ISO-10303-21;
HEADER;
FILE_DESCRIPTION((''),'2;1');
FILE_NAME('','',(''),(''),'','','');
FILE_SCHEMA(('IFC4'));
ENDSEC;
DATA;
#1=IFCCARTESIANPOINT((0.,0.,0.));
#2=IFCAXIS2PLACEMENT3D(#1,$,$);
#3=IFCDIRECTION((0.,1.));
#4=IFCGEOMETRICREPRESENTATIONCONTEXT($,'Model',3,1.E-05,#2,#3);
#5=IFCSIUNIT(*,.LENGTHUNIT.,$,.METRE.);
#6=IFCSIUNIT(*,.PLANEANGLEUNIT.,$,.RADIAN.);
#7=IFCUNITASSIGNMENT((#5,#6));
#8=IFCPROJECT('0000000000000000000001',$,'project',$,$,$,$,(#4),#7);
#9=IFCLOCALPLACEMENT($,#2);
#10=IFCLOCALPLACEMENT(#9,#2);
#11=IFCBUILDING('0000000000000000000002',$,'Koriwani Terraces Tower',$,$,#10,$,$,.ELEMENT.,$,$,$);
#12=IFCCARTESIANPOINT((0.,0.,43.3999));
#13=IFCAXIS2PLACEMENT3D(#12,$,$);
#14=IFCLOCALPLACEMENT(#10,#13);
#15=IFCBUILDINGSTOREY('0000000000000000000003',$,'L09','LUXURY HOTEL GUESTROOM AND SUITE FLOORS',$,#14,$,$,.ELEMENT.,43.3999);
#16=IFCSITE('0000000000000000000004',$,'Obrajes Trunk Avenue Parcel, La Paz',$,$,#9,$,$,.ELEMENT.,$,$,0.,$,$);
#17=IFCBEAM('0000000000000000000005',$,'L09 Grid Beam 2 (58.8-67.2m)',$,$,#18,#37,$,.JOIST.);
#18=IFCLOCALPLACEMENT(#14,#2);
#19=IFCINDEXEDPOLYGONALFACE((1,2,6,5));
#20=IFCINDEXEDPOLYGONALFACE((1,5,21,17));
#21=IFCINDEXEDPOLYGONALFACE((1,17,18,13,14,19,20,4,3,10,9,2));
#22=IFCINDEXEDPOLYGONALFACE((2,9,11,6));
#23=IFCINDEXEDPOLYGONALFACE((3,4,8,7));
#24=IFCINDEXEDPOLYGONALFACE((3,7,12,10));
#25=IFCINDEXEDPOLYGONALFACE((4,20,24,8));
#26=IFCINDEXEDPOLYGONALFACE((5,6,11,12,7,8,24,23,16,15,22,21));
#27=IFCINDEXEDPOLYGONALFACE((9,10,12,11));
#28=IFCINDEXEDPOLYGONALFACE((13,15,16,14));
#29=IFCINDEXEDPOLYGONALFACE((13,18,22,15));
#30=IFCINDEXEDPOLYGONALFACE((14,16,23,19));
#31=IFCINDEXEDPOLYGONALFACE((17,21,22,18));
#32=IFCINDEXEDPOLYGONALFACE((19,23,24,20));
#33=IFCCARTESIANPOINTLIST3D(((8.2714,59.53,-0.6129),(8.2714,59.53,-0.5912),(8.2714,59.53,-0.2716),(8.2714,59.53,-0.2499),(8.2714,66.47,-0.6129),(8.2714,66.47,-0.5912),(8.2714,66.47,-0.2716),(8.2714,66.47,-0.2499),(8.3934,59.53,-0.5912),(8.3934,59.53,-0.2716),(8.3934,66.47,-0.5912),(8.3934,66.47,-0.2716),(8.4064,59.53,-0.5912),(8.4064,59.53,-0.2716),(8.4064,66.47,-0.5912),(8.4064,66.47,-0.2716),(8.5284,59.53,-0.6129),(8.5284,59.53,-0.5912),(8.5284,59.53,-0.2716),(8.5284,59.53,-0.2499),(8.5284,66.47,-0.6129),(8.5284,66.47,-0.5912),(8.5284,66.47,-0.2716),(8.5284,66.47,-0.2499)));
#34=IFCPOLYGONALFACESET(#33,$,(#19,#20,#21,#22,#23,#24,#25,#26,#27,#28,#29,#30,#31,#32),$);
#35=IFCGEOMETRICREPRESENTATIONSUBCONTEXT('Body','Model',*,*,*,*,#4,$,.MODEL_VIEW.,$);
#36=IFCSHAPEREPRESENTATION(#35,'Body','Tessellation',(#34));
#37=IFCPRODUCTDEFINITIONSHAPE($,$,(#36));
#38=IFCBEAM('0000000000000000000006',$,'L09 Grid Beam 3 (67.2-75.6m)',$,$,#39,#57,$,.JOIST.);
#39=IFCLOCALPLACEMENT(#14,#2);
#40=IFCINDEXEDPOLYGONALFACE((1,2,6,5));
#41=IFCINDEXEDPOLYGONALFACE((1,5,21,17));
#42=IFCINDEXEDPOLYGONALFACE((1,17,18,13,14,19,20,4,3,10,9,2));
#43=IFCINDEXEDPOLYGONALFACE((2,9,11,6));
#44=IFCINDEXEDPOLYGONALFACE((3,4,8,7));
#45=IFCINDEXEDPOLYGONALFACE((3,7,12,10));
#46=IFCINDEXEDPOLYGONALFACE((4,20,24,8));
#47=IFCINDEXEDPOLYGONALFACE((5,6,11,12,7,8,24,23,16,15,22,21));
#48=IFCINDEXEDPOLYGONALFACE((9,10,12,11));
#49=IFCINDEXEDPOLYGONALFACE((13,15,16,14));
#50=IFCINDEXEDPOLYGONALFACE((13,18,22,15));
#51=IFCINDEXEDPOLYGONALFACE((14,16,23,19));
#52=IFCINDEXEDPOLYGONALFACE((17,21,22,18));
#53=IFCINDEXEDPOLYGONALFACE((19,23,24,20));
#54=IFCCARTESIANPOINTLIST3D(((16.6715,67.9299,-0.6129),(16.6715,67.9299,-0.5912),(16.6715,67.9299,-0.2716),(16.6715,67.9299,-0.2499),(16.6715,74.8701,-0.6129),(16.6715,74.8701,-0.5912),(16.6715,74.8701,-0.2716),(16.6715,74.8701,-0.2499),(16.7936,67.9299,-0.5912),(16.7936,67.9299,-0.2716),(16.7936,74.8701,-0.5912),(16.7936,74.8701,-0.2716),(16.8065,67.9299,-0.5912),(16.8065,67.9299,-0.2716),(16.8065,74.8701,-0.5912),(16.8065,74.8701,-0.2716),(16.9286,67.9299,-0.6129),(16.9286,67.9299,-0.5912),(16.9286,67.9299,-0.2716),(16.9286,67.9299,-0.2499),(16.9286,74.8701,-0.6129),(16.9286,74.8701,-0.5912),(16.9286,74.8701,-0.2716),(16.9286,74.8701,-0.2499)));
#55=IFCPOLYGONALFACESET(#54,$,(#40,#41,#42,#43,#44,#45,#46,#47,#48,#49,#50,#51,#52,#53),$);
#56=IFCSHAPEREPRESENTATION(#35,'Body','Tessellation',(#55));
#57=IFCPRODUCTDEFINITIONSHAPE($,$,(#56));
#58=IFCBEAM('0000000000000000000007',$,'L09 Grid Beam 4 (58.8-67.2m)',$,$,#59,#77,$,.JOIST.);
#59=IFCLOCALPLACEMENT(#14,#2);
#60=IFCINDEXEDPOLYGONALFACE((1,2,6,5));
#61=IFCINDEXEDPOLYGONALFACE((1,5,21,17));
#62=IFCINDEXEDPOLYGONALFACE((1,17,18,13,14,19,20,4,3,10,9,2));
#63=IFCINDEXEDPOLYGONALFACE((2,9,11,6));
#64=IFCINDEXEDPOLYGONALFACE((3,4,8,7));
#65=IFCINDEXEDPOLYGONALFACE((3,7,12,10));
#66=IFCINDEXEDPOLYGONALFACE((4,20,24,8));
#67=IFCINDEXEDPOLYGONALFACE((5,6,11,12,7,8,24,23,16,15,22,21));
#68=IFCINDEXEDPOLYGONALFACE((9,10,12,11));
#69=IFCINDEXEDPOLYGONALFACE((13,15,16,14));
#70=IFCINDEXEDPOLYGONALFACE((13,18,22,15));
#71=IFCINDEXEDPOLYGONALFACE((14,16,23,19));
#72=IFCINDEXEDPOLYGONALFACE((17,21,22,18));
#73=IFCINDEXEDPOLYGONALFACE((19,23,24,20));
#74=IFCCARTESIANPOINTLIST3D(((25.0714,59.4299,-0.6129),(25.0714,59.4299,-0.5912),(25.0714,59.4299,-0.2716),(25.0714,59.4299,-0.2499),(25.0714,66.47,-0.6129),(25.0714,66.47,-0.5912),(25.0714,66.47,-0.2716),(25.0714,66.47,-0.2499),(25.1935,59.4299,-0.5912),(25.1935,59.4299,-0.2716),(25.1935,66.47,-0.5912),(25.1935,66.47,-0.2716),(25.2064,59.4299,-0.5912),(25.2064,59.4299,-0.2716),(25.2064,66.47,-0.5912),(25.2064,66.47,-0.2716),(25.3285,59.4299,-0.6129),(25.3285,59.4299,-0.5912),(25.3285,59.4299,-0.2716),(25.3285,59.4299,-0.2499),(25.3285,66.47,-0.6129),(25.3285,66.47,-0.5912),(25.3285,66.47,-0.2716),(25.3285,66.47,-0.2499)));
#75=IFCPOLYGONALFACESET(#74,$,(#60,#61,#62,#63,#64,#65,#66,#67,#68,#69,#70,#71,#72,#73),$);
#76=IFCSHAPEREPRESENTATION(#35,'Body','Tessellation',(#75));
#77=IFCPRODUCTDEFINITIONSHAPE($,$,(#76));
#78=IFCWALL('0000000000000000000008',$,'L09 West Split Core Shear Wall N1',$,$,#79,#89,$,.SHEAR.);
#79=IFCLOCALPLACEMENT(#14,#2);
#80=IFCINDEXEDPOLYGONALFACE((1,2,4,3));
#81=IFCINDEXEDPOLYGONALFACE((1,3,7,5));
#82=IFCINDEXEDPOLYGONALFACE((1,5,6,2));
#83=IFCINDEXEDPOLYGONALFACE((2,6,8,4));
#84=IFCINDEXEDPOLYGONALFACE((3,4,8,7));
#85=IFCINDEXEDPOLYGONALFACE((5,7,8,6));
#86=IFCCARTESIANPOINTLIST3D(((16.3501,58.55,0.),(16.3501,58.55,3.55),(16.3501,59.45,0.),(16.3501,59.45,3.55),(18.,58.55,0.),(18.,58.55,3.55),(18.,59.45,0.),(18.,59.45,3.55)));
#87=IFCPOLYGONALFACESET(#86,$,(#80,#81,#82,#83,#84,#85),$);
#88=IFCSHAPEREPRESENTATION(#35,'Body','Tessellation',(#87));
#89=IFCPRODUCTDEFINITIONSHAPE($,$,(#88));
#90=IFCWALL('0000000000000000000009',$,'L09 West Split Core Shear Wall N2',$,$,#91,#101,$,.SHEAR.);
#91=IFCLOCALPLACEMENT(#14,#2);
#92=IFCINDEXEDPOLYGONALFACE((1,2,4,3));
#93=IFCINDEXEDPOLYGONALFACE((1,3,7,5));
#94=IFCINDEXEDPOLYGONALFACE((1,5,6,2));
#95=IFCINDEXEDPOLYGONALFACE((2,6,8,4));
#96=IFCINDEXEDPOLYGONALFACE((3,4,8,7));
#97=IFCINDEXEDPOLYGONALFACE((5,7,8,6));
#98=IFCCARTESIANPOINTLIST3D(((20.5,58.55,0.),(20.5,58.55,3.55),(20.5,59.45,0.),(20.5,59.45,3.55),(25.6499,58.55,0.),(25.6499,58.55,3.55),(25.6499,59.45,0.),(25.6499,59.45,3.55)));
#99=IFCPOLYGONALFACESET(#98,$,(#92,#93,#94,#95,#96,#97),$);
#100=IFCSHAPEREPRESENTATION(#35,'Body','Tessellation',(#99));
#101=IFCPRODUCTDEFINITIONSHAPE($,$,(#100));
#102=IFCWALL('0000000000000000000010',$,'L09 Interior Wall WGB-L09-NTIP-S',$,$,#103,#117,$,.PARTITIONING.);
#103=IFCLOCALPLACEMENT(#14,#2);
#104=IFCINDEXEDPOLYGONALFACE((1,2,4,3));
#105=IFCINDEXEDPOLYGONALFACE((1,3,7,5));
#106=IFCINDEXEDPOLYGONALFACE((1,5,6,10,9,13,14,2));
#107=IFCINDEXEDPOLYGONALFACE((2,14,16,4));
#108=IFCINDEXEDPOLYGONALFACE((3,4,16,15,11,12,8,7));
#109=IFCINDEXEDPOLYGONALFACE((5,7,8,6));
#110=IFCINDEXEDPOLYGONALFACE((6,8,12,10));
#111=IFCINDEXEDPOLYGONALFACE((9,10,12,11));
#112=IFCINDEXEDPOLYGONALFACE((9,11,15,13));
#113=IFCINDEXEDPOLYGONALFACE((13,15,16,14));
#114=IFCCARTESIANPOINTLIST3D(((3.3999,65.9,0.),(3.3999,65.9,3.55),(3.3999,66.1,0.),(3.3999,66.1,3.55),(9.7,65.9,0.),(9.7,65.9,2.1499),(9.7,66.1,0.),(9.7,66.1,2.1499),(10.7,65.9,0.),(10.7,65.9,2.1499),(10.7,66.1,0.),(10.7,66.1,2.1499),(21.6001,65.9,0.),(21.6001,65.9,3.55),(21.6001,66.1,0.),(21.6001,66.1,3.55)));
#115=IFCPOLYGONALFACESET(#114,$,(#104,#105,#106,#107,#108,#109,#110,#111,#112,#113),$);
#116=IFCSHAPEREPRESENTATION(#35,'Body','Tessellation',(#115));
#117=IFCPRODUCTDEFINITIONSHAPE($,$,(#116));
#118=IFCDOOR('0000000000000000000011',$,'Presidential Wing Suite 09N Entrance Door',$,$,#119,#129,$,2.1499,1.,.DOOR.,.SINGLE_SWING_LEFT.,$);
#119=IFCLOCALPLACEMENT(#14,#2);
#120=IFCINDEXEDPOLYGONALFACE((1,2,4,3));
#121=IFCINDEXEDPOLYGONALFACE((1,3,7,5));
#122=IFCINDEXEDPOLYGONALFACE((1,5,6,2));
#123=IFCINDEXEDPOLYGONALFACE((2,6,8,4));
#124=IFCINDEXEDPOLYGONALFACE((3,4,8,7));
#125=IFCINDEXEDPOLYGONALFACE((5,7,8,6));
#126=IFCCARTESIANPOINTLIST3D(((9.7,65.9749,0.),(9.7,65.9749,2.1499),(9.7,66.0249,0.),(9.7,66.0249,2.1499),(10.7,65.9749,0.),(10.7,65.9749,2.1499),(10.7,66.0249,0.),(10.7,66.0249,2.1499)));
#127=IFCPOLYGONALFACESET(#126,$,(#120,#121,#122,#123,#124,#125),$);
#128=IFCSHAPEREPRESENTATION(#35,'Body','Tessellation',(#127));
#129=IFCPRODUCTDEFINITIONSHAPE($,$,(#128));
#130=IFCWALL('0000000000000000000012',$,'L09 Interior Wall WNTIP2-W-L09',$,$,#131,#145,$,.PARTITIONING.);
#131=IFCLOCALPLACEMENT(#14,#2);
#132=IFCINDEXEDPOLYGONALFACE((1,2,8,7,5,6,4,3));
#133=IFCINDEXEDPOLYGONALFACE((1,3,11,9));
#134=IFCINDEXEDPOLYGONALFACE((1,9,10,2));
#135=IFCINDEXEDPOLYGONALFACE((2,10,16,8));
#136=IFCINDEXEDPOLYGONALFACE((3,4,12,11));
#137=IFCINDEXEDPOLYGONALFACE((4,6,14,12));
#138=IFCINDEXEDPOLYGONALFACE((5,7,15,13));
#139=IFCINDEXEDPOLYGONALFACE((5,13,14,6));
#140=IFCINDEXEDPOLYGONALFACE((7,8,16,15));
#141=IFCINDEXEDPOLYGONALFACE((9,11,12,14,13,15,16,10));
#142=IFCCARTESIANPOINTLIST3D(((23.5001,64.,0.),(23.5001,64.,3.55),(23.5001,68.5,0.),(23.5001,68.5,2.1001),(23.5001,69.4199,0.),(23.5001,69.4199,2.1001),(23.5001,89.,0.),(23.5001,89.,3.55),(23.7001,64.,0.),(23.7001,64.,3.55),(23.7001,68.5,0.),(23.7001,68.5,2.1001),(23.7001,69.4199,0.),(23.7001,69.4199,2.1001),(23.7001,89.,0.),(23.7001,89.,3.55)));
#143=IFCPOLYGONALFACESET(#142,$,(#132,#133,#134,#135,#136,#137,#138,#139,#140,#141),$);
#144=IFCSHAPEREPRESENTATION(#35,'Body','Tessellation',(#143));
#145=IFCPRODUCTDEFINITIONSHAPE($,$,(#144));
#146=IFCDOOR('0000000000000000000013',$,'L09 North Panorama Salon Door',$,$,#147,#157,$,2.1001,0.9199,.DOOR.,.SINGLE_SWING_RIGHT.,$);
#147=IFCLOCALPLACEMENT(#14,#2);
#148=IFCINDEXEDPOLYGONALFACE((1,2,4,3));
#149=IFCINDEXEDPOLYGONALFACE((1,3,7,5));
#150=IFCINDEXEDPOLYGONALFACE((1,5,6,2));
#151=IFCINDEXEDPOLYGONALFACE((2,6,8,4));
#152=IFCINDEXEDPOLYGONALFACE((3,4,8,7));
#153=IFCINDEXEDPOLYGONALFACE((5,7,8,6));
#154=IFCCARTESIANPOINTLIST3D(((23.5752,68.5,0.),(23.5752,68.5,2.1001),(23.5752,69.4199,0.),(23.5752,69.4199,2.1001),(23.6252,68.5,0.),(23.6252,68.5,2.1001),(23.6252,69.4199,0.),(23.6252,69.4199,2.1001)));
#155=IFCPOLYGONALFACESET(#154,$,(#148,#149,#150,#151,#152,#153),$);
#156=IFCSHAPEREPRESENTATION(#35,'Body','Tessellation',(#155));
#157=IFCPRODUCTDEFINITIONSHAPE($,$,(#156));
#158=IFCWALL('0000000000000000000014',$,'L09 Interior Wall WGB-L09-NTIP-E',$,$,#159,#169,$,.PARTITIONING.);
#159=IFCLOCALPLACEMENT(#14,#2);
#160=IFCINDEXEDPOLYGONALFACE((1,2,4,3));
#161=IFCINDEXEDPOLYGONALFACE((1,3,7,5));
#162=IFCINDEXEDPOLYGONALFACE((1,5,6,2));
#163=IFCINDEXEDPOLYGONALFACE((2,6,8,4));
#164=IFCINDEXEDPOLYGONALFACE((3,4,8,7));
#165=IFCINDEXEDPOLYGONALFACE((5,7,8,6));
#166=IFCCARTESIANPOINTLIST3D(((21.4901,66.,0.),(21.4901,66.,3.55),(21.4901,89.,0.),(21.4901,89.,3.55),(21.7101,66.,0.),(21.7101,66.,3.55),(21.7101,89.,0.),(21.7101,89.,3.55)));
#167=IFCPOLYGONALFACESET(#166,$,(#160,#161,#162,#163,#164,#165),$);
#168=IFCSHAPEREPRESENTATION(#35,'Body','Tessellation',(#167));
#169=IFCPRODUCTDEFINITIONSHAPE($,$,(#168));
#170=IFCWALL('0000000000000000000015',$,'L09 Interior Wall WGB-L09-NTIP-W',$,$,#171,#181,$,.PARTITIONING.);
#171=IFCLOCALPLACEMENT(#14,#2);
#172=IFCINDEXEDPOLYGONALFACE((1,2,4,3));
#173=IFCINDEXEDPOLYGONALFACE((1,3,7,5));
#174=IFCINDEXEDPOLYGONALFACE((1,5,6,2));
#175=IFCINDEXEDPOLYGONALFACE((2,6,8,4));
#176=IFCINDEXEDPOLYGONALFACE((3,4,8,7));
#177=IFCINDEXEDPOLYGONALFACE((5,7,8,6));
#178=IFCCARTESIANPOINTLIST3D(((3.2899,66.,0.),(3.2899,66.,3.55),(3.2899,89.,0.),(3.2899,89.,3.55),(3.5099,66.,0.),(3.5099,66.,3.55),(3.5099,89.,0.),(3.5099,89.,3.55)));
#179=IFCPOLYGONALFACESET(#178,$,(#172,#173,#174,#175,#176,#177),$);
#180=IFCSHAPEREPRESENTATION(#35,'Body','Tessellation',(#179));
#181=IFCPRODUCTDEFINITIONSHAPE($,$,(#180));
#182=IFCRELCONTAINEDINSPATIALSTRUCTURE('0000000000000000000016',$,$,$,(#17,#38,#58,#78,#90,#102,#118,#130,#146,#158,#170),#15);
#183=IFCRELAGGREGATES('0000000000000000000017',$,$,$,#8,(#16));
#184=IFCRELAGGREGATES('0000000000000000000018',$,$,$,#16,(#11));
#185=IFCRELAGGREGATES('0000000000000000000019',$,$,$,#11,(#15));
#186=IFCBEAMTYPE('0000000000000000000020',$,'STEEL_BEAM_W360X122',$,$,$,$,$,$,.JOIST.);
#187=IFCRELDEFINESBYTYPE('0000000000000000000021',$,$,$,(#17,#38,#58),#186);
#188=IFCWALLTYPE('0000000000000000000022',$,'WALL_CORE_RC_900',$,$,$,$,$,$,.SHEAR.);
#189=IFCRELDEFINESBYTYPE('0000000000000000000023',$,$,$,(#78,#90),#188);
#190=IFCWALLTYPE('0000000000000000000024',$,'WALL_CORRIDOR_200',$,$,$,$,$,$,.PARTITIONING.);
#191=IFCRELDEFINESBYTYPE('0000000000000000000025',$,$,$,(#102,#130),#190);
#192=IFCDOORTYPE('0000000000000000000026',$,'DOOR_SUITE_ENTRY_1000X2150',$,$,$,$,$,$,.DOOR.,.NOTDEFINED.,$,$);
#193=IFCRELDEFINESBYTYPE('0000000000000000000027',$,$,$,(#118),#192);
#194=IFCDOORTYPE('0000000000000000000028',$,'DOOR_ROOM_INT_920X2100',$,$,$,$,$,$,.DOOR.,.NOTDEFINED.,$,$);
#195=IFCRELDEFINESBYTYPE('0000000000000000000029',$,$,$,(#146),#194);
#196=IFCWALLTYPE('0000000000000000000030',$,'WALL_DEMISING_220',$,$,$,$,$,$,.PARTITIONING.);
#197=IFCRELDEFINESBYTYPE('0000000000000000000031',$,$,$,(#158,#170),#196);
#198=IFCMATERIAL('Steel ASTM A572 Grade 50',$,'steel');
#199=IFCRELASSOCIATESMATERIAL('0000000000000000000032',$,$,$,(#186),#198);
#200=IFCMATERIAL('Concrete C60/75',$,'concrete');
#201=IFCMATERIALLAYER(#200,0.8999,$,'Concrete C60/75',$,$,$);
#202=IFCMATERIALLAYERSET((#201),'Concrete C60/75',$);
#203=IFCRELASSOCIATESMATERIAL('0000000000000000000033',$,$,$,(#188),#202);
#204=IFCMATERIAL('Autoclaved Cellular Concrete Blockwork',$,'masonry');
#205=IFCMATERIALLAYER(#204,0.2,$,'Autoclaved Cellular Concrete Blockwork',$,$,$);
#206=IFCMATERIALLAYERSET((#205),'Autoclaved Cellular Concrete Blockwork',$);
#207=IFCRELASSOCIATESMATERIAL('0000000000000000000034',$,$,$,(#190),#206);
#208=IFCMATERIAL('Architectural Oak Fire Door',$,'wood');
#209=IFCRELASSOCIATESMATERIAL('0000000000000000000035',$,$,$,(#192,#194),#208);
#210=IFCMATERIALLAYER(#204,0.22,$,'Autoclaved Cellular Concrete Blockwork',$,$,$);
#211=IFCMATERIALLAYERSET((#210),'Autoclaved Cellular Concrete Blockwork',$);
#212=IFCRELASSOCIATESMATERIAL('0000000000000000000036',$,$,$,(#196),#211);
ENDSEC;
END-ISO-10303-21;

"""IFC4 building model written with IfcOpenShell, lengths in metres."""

from ifc_helpers import new_model, si_unit, direction, frame, frame_2d, origin, origin_2d, place, context, subcontext, project, spatial, rectangle, i_section, extrude, material, layer, layer_set, material_profile, profile_set, type_object, element, fill, save


model = new_model("IFC4")

# Units and contexts
model_context = context("Model", 3, precision=1e-05, world=origin(), true_north=direction((0.0, 1.0)))
body_context = subcontext(model_context, "Body", "Model", "MODEL_VIEW")
ifc_project = project(units=[si_unit("LENGTHUNIT", "METRE"), si_unit("PLANEANGLEUNIT", "RADIAN")], contexts=[model_context])

# Site, building, storey
site_placement = place(None, origin())
site = spatial("IfcSite", under=ifc_project, at=site_placement, Name="Obrajes Trunk Avenue Parcel, La Paz", CompositionType="ELEMENT", RefElevation=0.0)
building_placement = place(site_placement, origin())
building = spatial("IfcBuilding", under=site, at=building_placement, Name="Koriwani Terraces Tower", CompositionType="ELEMENT")
storey_placement = place(building_placement, frame((0.0, 0.0, 43.3999)))
storey = spatial("IfcBuildingStorey", under=building, at=storey_placement, Name="L09", Description="LUXURY HOTEL GUESTROOM AND SUITE FLOORS", CompositionType="ELEMENT", Elevation=43.3999)

# Shared definitions
ifc_material_1 = material(Name="Concrete C60/75", Category="concrete")

# Beams
ifc_material_2 = material(Name="Steel ASTM A572 Grade 50", Category="steel")
ifc_material_profile_1 = material_profile(ifc_material_2, i_section(OverallWidth=0.2571, OverallDepth=0.363, WebThickness=0.0129, FlangeThickness=0.0217, at=origin_2d()), Name="Steel ASTM A572 Grade 50", Category="LoadBearing")
ifc_profile_set_1 = profile_set([ifc_material_profile_1], Name="Steel ASTM A572 Grade 50")
beam_type_1 = type_object("IfcBeamType", Name="STEEL_BEAM_W360X122", PredefinedType="JOIST", material=ifc_profile_set_1)
beam_1_placement = place(storey_placement, frame((8.3999, 59.53, -0.4314), z_axis=(0.0, 1.0, 0.0), x_axis=(-1.0, 0.0, 0.0)))
element("IfcBeam", 1, at=beam_1_placement, inside=storey, type_object=beam_type_1, Name="L09 Grid Beam 2 (58.8-67.2m)", PredefinedType="JOIST", context=body_context, shape_type="SweptSolid", body=[
    extrude(i_section(OverallWidth=0.2571, OverallDepth=0.363, WebThickness=0.0129, FlangeThickness=0.0217, at=origin_2d()), origin(), (0.0, 0.0, 1.0), 6.9399),
])
beam_2_placement = place(storey_placement, frame((16.8, 67.9299, -0.4314), z_axis=(0.0, 1.0, 0.0), x_axis=(-1.0, 0.0, 0.0)))
element("IfcBeam", 2, at=beam_2_placement, inside=storey, type_object=beam_type_1, Name="L09 Grid Beam 3 (67.2-75.6m)", PredefinedType="JOIST", context=body_context, shape_type="SweptSolid", body=[
    extrude(i_section(OverallWidth=0.2571, OverallDepth=0.363, WebThickness=0.0129, FlangeThickness=0.0217, at=origin_2d()), origin(), (0.0, 0.0, 1.0), 6.9402),
])
beam_3_placement = place(storey_placement, frame((25.2, 59.4299, -0.4314), z_axis=(0.0, 1.0, 0.0), x_axis=(-1.0, 0.0, 0.0)))
element("IfcBeam", 3, at=beam_3_placement, inside=storey, type_object=beam_type_1, Name="L09 Grid Beam 4 (58.8-67.2m)", PredefinedType="JOIST", context=body_context, shape_type="SweptSolid", body=[
    extrude(i_section(OverallWidth=0.2571, OverallDepth=0.363, WebThickness=0.0129, FlangeThickness=0.0217, at=origin_2d()), origin(), (0.0, 0.0, 1.0), 7.04),
])

# Walls
ifc_layer_1 = layer(ifc_material_1, 0.8999, Name="Concrete C60/75")
ifc_layer_set_1 = layer_set([ifc_layer_1], Name="Concrete C60/75")
wall_type_1 = type_object("IfcWallType", Name="WALL_CORE_RC_900", PredefinedType="SHEAR", material=ifc_layer_set_1)
wall_1_placement = place(storey_placement, frame((16.3501, 59.0, 0.0), z_axis=(0.0, 0.0, 1.0), x_axis=(1.0, 0.0, 0.0)))
element("IfcWall", 4, at=wall_1_placement, inside=storey, type_object=wall_type_1, Name="L09 West Split Core Shear Wall N1", PredefinedType="SHEAR", context=body_context, shape_type="SweptSolid", body=[
    extrude(rectangle(XDim=1.6499, YDim=0.8999, at=frame_2d((0.825, 0.0))), origin(), (0.0, 0.0, 1.0), 3.55),
])
wall_2_placement = place(storey_placement, frame((20.5, 59.0, 0.0), z_axis=(0.0, 0.0, 1.0), x_axis=(1.0, 0.0, 0.0)))
element("IfcWall", 5, at=wall_2_placement, inside=storey, type_object=wall_type_1, Name="L09 West Split Core Shear Wall N2", PredefinedType="SHEAR", context=body_context, shape_type="SweptSolid", body=[
    extrude(rectangle(XDim=5.1499, YDim=0.8999, at=frame_2d((2.575, 0.0))), origin(), (0.0, 0.0, 1.0), 3.55),
])

# Walls, openings, doors
ifc_material_3 = material(Name="Autoclaved Cellular Concrete Blockwork", Category="masonry")
ifc_layer_2 = layer(ifc_material_3, 0.2, Name="Autoclaved Cellular Concrete Blockwork")
ifc_layer_set_2 = layer_set([ifc_layer_2], Name="Autoclaved Cellular Concrete Blockwork")
wall_type_2 = type_object("IfcWallType", Name="WALL_CORRIDOR_200", PredefinedType="PARTITIONING", material=ifc_layer_set_2)
wall_3_placement = place(storey_placement, frame((3.3999, 66.0, 0.0), z_axis=(0.0, 0.0, 1.0), x_axis=(1.0, 0.0, 0.0)))
wall_3 = element("IfcWall", 6, at=wall_3_placement, inside=storey, type_object=wall_type_2, Name="L09 Interior Wall WGB-L09-NTIP-S", PredefinedType="PARTITIONING", context=body_context, shape_type="SweptSolid", body=[
    extrude(rectangle(XDim=18.2002, YDim=0.2, at=frame_2d((9.1001, 0.0))), origin(), (0.0, 0.0, 1.0), 3.55),
])
opening_1_placement = place(wall_3_placement, frame((6.3, 0.0, 0.0)))
opening_1 = element("IfcOpeningElement", 7, at=opening_1_placement, cuts=wall_3, PredefinedType="OPENING", context=body_context, shape_type="SweptSolid", body=[
    extrude(rectangle(XDim=1.0, YDim=2.1499, at=frame_2d((0.5, 1.075))), frame((0.0, 0.1099, 0.0), z_axis=(0.0, -1.0, 0.0), x_axis=(1.0, 0.0, 0.0)), (0.0, 0.0, 1.0), 0.22),
])
ifc_material_4 = material(Name="Architectural Oak Fire Door", Category="wood")
door_type_1 = type_object("IfcDoorType", Name="DOOR_SUITE_ENTRY_1000X2150", OperationType="NOTDEFINED", PredefinedType="DOOR", material=ifc_material_4)
door_1_placement = place(opening_1_placement, origin())
door_1 = element("IfcDoor", 8, at=door_1_placement, inside=storey, type_object=door_type_1, Name="Presidential Wing Suite 09N Entrance Door", OperationType="SINGLE_SWING_LEFT", OverallHeight=2.1499, OverallWidth=1.0, PredefinedType="DOOR", context=body_context, shape_type="SweptSolid", body=[
    extrude(rectangle(XDim=1.0, YDim=2.1499, at=frame_2d((0.5, 1.075))), frame((0.0, 0.0249, 0.0), z_axis=(0.0, -1.0, 0.0), x_axis=(1.0, 0.0, 0.0)), (0.0, 0.0, 1.0), 0.05),
])
fill(opening_1, door_1)
wall_4_placement = place(storey_placement, frame((23.6001, 64.0, 0.0), z_axis=(0.0, 0.0, 1.0), x_axis=(0.0, 1.0, 0.0)))
wall_4 = element("IfcWall", 9, at=wall_4_placement, inside=storey, type_object=wall_type_2, Name="L09 Interior Wall WNTIP2-W-L09", PredefinedType="PARTITIONING", context=body_context, shape_type="SweptSolid", body=[
    extrude(rectangle(XDim=25.0, YDim=0.2, at=frame_2d((12.5, 0.0))), origin(), (0.0, 0.0, 1.0), 3.55),
])
opening_2_placement = place(wall_4_placement, frame((4.5, 0.0, 0.0)))
opening_2 = element("IfcOpeningElement", 10, at=opening_2_placement, cuts=wall_4, PredefinedType="OPENING", context=body_context, shape_type="SweptSolid", body=[
    extrude(rectangle(XDim=0.9199, YDim=2.1001, at=frame_2d((0.46, 1.05))), frame((0.0, 0.1099, 0.0), z_axis=(0.0, -1.0, 0.0), x_axis=(1.0, 0.0, 0.0)), (0.0, 0.0, 1.0), 0.22),
])
door_type_2 = type_object("IfcDoorType", Name="DOOR_ROOM_INT_920X2100", OperationType="NOTDEFINED", PredefinedType="DOOR", material=ifc_material_4)
door_2_placement = place(opening_2_placement, origin())
door_2 = element("IfcDoor", 11, at=door_2_placement, inside=storey, type_object=door_type_2, Name="L09 North Panorama Salon Door", OperationType="SINGLE_SWING_RIGHT", OverallHeight=2.1001, OverallWidth=0.9199, PredefinedType="DOOR", context=body_context, shape_type="SweptSolid", body=[
    extrude(rectangle(XDim=0.9199, YDim=2.1001, at=frame_2d((0.46, 1.05))), frame((0.0, 0.0249, 0.0), z_axis=(0.0, -1.0, 0.0), x_axis=(1.0, 0.0, 0.0)), (0.0, 0.0, 1.0), 0.05),
])
fill(opening_2, door_2)

# Walls
ifc_layer_3 = layer(ifc_material_3, 0.22, Name="Autoclaved Cellular Concrete Blockwork")
ifc_layer_set_3 = layer_set([ifc_layer_3], Name="Autoclaved Cellular Concrete Blockwork")
wall_type_3 = type_object("IfcWallType", Name="WALL_DEMISING_220", PredefinedType="PARTITIONING", material=ifc_layer_set_3)
for number, where, z_axis, x_axis, name in (
    (12, (21.6001, 66.0, 0.0), (0.0, 0.0, 1.0), (0.0, 1.0, 0.0), "L09 Interior Wall WGB-L09-NTIP-E"),
    (13, (3.3999, 66.0, 0.0), (0.0, 0.0, 1.0), (0.0, 1.0, 0.0), "L09 Interior Wall WGB-L09-NTIP-W"),
):
    element("IfcWall", number, at=place(storey_placement, frame(where, z_axis=z_axis, x_axis=x_axis)), inside=storey, type_object=wall_type_3, Name=name, PredefinedType="PARTITIONING", context=body_context, shape_type="SweptSolid", body=[
        extrude(rectangle(XDim=23.0, YDim=0.22, at=frame_2d((11.5, 0.0))), origin(), (0.0, 0.0, 1.0), 3.55),
    ])

save(model, "model.ifc")
